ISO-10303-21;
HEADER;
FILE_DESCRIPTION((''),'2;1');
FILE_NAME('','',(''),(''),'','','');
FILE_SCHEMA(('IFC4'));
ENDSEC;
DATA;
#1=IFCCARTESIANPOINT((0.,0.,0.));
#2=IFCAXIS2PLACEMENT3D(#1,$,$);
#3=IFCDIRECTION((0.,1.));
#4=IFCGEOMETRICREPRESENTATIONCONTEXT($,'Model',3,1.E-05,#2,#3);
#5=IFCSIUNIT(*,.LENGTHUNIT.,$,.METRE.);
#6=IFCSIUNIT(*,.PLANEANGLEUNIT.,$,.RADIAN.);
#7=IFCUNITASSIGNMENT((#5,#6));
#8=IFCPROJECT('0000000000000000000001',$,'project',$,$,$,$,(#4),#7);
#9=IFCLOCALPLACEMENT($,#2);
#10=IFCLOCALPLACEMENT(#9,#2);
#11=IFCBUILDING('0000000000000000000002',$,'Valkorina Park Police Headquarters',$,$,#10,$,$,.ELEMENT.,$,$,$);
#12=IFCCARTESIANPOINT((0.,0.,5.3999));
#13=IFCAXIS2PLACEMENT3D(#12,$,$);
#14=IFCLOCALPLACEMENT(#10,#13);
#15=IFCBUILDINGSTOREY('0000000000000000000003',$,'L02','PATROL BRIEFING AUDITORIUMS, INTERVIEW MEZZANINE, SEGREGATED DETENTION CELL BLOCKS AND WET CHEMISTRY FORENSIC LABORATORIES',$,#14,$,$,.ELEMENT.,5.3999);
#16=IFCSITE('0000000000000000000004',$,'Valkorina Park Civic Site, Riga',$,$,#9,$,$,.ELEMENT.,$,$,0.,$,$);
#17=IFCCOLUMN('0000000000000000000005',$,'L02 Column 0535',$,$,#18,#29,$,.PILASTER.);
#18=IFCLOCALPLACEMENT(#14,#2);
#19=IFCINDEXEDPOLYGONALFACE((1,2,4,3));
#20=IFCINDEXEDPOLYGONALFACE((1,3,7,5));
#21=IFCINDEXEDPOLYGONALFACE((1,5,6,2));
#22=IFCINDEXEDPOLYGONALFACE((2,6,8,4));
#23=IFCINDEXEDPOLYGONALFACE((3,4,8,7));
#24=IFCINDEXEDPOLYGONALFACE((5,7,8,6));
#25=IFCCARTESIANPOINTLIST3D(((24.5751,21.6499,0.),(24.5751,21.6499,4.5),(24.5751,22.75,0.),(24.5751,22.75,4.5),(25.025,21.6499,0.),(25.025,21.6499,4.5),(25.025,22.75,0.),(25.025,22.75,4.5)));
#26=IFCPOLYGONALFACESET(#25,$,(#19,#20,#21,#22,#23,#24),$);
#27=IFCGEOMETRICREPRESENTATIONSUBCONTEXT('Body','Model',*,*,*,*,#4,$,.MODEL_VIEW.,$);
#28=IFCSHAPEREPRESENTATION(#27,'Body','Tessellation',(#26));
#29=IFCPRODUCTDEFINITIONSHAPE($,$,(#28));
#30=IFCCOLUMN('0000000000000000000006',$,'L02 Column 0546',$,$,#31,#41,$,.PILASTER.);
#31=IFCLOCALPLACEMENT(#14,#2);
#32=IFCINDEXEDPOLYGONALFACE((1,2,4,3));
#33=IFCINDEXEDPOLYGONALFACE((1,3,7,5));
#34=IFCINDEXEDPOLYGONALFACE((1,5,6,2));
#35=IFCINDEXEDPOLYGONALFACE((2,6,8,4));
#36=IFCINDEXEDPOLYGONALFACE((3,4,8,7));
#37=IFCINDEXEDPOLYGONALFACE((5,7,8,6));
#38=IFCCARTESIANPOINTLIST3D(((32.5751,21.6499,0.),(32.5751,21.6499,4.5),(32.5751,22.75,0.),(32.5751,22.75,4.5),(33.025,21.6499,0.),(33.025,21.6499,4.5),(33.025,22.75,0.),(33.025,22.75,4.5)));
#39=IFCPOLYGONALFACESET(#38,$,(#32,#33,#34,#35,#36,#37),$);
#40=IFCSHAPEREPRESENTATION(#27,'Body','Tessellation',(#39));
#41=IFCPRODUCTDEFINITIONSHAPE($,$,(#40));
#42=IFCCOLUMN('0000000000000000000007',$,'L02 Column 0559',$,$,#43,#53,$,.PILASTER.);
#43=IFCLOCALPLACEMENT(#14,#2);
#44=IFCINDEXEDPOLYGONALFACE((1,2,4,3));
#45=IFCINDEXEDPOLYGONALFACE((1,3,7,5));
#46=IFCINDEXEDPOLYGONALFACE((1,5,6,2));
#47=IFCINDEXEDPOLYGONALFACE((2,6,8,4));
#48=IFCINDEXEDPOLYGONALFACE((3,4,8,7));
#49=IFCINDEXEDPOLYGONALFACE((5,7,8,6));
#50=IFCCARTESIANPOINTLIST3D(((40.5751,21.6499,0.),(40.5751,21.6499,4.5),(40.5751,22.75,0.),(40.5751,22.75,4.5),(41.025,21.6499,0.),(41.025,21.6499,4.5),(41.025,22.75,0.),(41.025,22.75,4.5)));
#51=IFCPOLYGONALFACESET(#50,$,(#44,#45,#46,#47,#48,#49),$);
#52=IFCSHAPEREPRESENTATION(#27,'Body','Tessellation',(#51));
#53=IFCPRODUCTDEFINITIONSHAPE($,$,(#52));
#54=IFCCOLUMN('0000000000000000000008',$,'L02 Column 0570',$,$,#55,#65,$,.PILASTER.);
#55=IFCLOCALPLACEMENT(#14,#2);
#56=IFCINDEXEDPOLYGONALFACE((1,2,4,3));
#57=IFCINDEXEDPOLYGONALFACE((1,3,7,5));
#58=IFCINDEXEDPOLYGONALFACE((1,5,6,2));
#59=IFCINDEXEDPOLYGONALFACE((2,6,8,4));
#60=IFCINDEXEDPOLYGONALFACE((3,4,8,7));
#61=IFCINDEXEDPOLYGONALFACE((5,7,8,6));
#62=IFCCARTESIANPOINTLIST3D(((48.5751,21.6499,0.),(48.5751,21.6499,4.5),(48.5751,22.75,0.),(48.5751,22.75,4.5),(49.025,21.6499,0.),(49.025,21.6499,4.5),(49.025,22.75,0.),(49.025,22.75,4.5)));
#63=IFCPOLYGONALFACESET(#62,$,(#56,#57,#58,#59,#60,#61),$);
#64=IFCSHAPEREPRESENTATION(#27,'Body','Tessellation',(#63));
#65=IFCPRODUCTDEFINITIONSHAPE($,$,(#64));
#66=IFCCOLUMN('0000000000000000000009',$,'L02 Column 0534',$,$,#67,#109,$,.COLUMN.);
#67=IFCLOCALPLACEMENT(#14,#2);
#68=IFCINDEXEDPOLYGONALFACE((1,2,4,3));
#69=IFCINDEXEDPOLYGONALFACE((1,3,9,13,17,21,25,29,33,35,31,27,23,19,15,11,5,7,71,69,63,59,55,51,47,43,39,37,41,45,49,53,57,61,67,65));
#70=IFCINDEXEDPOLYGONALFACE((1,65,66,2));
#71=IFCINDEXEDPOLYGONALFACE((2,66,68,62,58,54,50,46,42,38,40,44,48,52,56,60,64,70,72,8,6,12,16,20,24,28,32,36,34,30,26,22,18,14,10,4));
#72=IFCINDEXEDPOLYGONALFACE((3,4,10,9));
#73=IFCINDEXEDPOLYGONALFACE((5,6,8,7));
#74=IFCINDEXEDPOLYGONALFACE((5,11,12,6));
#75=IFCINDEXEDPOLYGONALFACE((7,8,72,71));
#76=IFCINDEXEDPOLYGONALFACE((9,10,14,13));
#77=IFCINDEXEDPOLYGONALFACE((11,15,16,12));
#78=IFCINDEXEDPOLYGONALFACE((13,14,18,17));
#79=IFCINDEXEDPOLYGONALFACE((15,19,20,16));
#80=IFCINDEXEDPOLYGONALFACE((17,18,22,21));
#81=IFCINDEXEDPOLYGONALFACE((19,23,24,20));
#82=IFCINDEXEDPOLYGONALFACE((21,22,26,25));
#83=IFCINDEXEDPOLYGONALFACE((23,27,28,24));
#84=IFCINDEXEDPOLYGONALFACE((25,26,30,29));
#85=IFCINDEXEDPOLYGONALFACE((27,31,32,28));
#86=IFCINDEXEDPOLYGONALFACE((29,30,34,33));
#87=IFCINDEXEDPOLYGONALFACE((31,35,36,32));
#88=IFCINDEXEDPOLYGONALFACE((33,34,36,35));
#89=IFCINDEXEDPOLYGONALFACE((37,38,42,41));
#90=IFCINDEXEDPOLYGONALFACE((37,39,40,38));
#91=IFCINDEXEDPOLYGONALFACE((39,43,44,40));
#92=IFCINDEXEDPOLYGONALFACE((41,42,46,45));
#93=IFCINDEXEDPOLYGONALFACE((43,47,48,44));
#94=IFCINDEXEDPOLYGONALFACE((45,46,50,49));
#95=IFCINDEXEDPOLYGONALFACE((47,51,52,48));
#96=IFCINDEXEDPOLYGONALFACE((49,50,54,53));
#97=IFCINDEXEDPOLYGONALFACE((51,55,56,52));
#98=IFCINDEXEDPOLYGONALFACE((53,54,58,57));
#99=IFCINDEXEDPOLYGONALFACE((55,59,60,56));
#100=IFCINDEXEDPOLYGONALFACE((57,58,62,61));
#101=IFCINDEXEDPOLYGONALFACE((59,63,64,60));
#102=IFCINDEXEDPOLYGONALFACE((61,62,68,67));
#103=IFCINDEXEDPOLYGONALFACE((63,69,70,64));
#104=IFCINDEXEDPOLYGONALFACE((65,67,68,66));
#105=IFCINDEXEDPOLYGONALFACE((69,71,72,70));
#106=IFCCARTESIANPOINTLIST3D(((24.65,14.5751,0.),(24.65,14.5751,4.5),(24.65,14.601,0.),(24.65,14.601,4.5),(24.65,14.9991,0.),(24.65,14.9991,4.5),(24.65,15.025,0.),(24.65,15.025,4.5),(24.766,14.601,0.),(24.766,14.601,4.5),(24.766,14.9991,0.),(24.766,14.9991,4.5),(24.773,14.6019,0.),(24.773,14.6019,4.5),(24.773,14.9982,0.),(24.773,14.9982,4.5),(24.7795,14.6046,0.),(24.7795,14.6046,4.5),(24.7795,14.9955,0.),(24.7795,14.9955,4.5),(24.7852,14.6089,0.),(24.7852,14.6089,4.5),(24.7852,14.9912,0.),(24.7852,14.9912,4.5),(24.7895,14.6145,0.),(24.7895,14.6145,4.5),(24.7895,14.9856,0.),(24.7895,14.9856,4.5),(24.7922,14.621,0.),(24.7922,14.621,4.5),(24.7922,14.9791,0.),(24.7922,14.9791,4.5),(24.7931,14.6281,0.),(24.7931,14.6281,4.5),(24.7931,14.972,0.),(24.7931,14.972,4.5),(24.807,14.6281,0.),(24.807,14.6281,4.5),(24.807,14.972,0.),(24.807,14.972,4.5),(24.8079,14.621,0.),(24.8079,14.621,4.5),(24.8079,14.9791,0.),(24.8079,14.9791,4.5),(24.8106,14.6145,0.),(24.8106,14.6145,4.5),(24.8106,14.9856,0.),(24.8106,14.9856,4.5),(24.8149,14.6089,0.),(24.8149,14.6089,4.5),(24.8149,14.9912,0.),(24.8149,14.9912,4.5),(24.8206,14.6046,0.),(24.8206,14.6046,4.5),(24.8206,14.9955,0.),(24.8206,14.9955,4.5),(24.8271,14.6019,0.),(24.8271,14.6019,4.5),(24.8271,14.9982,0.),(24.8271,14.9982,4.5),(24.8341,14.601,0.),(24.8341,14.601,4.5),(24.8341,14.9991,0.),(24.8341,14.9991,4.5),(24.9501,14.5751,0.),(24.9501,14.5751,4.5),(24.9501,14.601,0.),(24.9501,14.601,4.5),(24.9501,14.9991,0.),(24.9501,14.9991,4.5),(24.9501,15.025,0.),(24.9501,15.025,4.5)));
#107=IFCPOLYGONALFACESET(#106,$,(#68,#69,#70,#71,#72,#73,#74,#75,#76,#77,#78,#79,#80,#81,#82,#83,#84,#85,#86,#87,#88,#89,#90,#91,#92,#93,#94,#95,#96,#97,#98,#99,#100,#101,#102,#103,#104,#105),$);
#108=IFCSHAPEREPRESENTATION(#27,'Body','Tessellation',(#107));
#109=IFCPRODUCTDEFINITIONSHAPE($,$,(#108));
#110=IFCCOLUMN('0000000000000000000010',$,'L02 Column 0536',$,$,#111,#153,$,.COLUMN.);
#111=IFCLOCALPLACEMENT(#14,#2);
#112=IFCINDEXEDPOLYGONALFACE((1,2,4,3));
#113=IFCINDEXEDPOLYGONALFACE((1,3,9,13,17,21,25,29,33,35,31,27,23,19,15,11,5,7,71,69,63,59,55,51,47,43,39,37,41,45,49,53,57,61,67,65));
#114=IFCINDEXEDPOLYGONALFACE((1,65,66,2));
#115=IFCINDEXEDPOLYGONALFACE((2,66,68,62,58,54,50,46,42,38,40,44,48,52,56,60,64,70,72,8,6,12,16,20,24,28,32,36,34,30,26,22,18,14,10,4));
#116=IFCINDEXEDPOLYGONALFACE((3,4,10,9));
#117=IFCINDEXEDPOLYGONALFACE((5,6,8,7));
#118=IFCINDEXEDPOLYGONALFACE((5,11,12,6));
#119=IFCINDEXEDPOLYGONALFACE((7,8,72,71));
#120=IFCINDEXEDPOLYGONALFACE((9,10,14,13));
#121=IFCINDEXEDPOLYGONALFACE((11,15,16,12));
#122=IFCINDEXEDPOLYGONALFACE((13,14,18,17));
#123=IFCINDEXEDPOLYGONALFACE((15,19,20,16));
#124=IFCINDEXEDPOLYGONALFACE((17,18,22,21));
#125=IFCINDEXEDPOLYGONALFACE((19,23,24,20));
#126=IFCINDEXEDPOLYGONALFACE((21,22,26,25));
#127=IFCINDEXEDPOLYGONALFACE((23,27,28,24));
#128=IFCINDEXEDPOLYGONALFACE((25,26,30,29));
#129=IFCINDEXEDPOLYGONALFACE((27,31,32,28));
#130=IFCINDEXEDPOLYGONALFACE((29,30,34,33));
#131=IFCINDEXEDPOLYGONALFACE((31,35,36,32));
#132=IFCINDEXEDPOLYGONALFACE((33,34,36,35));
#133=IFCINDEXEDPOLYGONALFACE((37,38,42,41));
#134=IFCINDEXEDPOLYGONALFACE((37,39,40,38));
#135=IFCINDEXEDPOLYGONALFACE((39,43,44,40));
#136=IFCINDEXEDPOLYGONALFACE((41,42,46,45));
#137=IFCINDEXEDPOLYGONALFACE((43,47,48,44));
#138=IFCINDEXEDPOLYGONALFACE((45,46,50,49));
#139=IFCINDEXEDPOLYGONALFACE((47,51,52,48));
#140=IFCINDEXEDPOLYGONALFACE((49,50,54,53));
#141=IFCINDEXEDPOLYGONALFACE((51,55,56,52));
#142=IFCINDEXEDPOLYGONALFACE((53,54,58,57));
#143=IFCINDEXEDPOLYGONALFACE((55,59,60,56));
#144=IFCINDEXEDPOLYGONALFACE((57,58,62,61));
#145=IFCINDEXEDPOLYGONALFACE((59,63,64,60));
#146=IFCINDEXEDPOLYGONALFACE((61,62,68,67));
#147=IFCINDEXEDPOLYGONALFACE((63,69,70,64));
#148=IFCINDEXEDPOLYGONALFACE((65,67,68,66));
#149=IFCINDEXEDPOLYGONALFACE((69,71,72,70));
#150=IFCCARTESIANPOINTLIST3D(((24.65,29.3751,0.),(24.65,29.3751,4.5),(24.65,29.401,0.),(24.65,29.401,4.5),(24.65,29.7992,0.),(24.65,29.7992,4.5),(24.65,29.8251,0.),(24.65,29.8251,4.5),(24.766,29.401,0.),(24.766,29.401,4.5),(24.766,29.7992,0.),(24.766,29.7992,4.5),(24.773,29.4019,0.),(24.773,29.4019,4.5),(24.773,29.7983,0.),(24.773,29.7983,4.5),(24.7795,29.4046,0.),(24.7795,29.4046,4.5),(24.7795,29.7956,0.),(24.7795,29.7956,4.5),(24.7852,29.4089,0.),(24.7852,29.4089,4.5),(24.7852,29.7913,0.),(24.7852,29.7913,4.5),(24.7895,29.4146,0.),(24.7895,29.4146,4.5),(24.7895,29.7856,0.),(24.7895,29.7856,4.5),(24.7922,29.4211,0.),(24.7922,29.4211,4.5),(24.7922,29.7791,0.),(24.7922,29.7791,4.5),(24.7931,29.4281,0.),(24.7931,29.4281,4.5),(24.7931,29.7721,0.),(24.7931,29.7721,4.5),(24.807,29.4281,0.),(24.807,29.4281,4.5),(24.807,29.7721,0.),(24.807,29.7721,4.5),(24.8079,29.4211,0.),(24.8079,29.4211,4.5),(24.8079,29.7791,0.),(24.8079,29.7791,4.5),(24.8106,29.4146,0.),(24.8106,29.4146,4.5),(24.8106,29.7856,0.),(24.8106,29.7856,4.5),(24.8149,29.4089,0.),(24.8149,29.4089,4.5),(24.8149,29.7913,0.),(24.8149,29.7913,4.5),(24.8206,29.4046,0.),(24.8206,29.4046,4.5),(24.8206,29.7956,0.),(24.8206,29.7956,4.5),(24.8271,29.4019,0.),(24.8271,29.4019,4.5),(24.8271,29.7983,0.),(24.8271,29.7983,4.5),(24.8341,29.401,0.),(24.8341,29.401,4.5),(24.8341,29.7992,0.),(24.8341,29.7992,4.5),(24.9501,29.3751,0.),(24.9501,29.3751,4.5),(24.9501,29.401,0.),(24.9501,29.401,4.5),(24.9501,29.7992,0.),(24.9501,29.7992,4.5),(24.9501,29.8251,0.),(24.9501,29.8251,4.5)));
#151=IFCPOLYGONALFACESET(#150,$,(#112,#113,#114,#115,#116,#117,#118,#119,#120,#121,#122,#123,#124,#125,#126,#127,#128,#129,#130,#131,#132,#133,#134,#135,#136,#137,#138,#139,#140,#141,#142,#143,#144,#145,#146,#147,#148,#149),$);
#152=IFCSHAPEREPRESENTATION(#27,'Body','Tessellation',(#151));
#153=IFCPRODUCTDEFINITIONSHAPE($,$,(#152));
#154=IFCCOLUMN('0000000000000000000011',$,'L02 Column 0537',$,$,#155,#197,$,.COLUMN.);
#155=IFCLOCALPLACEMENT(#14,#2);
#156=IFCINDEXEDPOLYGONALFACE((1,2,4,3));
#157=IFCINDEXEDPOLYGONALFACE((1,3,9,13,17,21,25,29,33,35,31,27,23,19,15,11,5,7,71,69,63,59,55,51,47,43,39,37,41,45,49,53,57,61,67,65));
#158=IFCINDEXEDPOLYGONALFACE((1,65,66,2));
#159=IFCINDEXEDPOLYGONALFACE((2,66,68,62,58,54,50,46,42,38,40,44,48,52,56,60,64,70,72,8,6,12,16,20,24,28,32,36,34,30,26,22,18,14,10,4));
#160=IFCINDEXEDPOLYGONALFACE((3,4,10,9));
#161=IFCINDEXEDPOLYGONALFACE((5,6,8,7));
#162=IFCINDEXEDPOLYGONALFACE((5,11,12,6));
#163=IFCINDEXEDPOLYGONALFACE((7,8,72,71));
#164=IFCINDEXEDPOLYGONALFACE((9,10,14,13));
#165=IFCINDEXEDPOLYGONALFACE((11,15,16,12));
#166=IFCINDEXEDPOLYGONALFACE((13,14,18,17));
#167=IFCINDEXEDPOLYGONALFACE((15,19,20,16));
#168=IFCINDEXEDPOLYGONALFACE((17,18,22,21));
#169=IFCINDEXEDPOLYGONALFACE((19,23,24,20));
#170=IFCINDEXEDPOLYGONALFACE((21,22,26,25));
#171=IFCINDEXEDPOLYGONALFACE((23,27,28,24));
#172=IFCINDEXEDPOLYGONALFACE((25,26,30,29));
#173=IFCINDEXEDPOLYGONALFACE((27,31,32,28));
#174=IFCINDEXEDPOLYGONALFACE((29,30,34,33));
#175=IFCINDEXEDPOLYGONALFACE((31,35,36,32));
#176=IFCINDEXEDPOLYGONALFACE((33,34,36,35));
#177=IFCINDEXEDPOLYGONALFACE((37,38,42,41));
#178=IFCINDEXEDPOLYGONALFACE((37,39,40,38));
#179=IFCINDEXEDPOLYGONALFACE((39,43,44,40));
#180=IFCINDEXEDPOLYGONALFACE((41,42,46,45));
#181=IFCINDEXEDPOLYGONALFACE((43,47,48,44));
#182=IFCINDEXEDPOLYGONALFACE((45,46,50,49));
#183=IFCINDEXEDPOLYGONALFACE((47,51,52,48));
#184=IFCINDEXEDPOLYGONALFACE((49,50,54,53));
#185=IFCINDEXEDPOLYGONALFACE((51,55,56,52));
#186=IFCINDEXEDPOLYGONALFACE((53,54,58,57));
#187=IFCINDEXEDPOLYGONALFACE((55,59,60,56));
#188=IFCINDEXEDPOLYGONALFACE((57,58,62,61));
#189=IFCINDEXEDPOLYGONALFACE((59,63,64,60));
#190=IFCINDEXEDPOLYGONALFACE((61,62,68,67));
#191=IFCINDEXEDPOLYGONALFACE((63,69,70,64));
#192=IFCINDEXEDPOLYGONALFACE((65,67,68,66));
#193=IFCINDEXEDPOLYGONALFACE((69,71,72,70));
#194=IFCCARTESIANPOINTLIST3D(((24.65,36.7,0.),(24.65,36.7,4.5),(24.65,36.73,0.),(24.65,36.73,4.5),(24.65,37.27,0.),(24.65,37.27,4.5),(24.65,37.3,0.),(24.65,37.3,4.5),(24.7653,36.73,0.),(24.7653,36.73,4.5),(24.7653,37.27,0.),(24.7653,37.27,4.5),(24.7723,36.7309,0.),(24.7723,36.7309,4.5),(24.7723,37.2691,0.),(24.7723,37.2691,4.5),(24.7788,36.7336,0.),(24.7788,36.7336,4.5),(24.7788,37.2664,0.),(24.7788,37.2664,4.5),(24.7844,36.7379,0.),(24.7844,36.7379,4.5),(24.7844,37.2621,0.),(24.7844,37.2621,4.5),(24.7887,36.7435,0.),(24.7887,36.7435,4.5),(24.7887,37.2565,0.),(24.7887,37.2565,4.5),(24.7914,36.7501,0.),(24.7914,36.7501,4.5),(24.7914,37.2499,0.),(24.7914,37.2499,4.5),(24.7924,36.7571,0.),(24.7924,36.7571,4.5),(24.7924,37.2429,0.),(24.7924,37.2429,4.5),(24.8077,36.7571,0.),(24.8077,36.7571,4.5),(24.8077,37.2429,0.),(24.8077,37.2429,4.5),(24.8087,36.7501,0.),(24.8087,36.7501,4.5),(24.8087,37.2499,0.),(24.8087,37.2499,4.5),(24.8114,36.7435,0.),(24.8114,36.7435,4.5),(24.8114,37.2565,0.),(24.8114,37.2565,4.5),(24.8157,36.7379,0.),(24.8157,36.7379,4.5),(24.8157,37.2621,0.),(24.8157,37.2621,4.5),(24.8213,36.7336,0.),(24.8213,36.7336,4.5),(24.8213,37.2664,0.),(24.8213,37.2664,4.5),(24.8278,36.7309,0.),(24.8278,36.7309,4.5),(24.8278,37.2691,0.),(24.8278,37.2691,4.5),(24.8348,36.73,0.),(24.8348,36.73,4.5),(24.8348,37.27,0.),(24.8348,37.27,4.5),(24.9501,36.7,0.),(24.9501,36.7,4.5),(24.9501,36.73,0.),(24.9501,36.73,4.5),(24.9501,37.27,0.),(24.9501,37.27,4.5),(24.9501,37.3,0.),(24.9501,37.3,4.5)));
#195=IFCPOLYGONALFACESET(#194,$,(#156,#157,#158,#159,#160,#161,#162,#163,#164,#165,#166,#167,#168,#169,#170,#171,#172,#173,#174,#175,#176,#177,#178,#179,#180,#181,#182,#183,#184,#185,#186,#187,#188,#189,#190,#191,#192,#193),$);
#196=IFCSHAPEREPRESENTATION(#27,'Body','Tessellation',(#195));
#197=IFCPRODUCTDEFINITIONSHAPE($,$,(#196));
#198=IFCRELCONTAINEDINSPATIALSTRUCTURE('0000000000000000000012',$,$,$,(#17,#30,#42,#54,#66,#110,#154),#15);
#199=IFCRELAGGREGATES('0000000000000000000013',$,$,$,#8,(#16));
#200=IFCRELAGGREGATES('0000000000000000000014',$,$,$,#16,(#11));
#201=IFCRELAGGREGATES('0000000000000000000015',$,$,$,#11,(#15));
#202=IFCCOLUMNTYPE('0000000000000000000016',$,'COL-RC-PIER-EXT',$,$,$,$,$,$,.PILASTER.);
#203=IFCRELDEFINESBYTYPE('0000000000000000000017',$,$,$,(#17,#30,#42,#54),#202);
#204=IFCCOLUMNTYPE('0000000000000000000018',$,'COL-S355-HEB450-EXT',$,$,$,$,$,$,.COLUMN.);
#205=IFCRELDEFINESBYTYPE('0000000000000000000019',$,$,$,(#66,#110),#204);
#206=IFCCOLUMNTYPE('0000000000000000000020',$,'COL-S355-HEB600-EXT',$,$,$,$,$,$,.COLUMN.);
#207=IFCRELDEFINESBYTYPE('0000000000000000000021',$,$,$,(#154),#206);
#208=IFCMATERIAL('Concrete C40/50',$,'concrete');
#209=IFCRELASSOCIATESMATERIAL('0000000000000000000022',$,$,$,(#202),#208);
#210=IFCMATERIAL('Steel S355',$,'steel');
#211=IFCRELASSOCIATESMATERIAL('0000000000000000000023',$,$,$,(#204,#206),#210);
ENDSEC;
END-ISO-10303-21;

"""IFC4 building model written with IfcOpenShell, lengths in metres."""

from ifc_helpers import new_model, si_unit, direction, frame, origin, origin_2d, place, context, subcontext, project, spatial, rectangle, i_section, extrude, material, material_profile, profile_set, type_object, element, save


model = new_model("IFC4")

# Units and contexts
model_context = context("Model", 3, precision=1e-05, world=origin(), true_north=direction((0.0, 1.0)))
body_context = subcontext(model_context, "Body", "Model", "MODEL_VIEW")
ifc_project = project(units=[si_unit("LENGTHUNIT", "METRE"), si_unit("PLANEANGLEUNIT", "RADIAN")], contexts=[model_context])

# Site, building, storey
site_placement = place(None, origin())
site = spatial("IfcSite", under=ifc_project, at=site_placement, Name="Valkorina Park Civic Site, Riga", CompositionType="ELEMENT", RefElevation=0.0)
building_placement = place(site_placement, origin())
building = spatial("IfcBuilding", under=site, at=building_placement, Name="Valkorina Park Police Headquarters", CompositionType="ELEMENT")
storey_placement = place(building_placement, frame((0.0, 0.0, 5.3999)))
storey = spatial("IfcBuildingStorey", under=building, at=storey_placement, Name="L02", Description="PATROL BRIEFING AUDITORIUMS, INTERVIEW MEZZANINE, SEGREGATED DETENTION CELL BLOCKS AND WET CHEMISTRY FORENSIC LABORATORIES", CompositionType="ELEMENT", Elevation=5.3999)

# Columns
ifc_material_1 = material(Name="Concrete C40/50", Category="concrete")
ifc_material_profile_1 = material_profile(ifc_material_1, rectangle(XDim=0.45, YDim=1.1001, at=origin_2d()), Name="RC PIER 450x1100")
ifc_profile_set_1 = profile_set([ifc_material_profile_1], Name="Concrete C40/50")
column_type_1 = type_object("IfcColumnType", Name="COL-RC-PIER-EXT", PredefinedType="PILASTER", material=ifc_profile_set_1)
for number, where, z_axis, x_axis, name in (
    (1, (24.8, 22.2, 0.0), (0.0, 0.0, 1.0), (1.0, 0.0, 0.0), "L02 Column 0535"),
    (2, (32.8, 22.2, 0.0), (0.0, 0.0, 1.0), (1.0, 0.0, 0.0), "L02 Column 0546"),
    (3, (40.8, 22.2, 0.0), (0.0, 0.0, 1.0), (1.0, 0.0, 0.0), "L02 Column 0559"),
    (4, (48.8, 22.2, 0.0), (0.0, 0.0, 1.0), (1.0, 0.0, 0.0), "L02 Column 0570"),
):
    element("IfcColumn", number, at=place(storey_placement, frame(where, z_axis=z_axis, x_axis=x_axis)), inside=storey, type_object=column_type_1, Name=name, PredefinedType="PILASTER", context=body_context, shape_type="SweptSolid", body=[
        extrude(rectangle(XDim=0.45, YDim=1.1001, at=origin_2d()), origin(), (0.0, 0.0, 1.0), 4.5),
    ])
ifc_material_2 = material(Name="Steel S355", Category="steel")
ifc_material_profile_2 = material_profile(ifc_material_2, i_section(OverallWidth=0.3, OverallDepth=0.45, WebThickness=0.0139, FlangeThickness=0.0259, FilletRadius=0.0271, at=origin_2d()), Name="HEB 450")
ifc_profile_set_2 = profile_set([ifc_material_profile_2], Name="Steel S355")
column_type_2 = type_object("IfcColumnType", Name="COL-S355-HEB450-EXT", PredefinedType="COLUMN", material=ifc_profile_set_2)
for number, where, z_axis, x_axis, name in (
    (5, (24.8, 14.8, 0.0), (0.0, 0.0, 1.0), (1.0, 0.0, 0.0), "L02 Column 0534"),
    (6, (24.8, 29.6001, 0.0), (0.0, 0.0, 1.0), (1.0, 0.0, 0.0), "L02 Column 0536"),
):
    element("IfcColumn", number, at=place(storey_placement, frame(where, z_axis=z_axis, x_axis=x_axis)), inside=storey, type_object=column_type_2, Name=name, PredefinedType="COLUMN", context=body_context, shape_type="SweptSolid", body=[
        extrude(i_section(OverallWidth=0.3, OverallDepth=0.45, WebThickness=0.0139, FlangeThickness=0.0259, FilletRadius=0.0271, at=origin_2d()), origin(), (0.0, 0.0, 1.0), 4.5),
    ])
ifc_material_profile_3 = material_profile(ifc_material_2, i_section(OverallWidth=0.3, OverallDepth=0.6001, WebThickness=0.0154, FlangeThickness=0.03, FilletRadius=0.0271, at=origin_2d()), Name="HEB 600")
ifc_profile_set_3 = profile_set([ifc_material_profile_3], Name="Steel S355")
column_type_3 = type_object("IfcColumnType", Name="COL-S355-HEB600-EXT", PredefinedType="COLUMN", material=ifc_profile_set_3)
for number, where, z_axis, x_axis, name in (
    (7, (24.8, 37.0, 0.0), (0.0, 0.0, 1.0), (1.0, 0.0, 0.0), "L02 Column 0537"),
):
    element("IfcColumn", number, at=place(storey_placement, frame(where, z_axis=z_axis, x_axis=x_axis)), inside=storey, type_object=column_type_3, Name=name, PredefinedType="COLUMN", context=body_context, shape_type="SweptSolid", body=[
        extrude(i_section(OverallWidth=0.3, OverallDepth=0.6001, WebThickness=0.0154, FlangeThickness=0.03, FilletRadius=0.0271, at=origin_2d()), origin(), (0.0, 0.0, 1.0), 4.5),
    ])

save(model, "model.ifc")
